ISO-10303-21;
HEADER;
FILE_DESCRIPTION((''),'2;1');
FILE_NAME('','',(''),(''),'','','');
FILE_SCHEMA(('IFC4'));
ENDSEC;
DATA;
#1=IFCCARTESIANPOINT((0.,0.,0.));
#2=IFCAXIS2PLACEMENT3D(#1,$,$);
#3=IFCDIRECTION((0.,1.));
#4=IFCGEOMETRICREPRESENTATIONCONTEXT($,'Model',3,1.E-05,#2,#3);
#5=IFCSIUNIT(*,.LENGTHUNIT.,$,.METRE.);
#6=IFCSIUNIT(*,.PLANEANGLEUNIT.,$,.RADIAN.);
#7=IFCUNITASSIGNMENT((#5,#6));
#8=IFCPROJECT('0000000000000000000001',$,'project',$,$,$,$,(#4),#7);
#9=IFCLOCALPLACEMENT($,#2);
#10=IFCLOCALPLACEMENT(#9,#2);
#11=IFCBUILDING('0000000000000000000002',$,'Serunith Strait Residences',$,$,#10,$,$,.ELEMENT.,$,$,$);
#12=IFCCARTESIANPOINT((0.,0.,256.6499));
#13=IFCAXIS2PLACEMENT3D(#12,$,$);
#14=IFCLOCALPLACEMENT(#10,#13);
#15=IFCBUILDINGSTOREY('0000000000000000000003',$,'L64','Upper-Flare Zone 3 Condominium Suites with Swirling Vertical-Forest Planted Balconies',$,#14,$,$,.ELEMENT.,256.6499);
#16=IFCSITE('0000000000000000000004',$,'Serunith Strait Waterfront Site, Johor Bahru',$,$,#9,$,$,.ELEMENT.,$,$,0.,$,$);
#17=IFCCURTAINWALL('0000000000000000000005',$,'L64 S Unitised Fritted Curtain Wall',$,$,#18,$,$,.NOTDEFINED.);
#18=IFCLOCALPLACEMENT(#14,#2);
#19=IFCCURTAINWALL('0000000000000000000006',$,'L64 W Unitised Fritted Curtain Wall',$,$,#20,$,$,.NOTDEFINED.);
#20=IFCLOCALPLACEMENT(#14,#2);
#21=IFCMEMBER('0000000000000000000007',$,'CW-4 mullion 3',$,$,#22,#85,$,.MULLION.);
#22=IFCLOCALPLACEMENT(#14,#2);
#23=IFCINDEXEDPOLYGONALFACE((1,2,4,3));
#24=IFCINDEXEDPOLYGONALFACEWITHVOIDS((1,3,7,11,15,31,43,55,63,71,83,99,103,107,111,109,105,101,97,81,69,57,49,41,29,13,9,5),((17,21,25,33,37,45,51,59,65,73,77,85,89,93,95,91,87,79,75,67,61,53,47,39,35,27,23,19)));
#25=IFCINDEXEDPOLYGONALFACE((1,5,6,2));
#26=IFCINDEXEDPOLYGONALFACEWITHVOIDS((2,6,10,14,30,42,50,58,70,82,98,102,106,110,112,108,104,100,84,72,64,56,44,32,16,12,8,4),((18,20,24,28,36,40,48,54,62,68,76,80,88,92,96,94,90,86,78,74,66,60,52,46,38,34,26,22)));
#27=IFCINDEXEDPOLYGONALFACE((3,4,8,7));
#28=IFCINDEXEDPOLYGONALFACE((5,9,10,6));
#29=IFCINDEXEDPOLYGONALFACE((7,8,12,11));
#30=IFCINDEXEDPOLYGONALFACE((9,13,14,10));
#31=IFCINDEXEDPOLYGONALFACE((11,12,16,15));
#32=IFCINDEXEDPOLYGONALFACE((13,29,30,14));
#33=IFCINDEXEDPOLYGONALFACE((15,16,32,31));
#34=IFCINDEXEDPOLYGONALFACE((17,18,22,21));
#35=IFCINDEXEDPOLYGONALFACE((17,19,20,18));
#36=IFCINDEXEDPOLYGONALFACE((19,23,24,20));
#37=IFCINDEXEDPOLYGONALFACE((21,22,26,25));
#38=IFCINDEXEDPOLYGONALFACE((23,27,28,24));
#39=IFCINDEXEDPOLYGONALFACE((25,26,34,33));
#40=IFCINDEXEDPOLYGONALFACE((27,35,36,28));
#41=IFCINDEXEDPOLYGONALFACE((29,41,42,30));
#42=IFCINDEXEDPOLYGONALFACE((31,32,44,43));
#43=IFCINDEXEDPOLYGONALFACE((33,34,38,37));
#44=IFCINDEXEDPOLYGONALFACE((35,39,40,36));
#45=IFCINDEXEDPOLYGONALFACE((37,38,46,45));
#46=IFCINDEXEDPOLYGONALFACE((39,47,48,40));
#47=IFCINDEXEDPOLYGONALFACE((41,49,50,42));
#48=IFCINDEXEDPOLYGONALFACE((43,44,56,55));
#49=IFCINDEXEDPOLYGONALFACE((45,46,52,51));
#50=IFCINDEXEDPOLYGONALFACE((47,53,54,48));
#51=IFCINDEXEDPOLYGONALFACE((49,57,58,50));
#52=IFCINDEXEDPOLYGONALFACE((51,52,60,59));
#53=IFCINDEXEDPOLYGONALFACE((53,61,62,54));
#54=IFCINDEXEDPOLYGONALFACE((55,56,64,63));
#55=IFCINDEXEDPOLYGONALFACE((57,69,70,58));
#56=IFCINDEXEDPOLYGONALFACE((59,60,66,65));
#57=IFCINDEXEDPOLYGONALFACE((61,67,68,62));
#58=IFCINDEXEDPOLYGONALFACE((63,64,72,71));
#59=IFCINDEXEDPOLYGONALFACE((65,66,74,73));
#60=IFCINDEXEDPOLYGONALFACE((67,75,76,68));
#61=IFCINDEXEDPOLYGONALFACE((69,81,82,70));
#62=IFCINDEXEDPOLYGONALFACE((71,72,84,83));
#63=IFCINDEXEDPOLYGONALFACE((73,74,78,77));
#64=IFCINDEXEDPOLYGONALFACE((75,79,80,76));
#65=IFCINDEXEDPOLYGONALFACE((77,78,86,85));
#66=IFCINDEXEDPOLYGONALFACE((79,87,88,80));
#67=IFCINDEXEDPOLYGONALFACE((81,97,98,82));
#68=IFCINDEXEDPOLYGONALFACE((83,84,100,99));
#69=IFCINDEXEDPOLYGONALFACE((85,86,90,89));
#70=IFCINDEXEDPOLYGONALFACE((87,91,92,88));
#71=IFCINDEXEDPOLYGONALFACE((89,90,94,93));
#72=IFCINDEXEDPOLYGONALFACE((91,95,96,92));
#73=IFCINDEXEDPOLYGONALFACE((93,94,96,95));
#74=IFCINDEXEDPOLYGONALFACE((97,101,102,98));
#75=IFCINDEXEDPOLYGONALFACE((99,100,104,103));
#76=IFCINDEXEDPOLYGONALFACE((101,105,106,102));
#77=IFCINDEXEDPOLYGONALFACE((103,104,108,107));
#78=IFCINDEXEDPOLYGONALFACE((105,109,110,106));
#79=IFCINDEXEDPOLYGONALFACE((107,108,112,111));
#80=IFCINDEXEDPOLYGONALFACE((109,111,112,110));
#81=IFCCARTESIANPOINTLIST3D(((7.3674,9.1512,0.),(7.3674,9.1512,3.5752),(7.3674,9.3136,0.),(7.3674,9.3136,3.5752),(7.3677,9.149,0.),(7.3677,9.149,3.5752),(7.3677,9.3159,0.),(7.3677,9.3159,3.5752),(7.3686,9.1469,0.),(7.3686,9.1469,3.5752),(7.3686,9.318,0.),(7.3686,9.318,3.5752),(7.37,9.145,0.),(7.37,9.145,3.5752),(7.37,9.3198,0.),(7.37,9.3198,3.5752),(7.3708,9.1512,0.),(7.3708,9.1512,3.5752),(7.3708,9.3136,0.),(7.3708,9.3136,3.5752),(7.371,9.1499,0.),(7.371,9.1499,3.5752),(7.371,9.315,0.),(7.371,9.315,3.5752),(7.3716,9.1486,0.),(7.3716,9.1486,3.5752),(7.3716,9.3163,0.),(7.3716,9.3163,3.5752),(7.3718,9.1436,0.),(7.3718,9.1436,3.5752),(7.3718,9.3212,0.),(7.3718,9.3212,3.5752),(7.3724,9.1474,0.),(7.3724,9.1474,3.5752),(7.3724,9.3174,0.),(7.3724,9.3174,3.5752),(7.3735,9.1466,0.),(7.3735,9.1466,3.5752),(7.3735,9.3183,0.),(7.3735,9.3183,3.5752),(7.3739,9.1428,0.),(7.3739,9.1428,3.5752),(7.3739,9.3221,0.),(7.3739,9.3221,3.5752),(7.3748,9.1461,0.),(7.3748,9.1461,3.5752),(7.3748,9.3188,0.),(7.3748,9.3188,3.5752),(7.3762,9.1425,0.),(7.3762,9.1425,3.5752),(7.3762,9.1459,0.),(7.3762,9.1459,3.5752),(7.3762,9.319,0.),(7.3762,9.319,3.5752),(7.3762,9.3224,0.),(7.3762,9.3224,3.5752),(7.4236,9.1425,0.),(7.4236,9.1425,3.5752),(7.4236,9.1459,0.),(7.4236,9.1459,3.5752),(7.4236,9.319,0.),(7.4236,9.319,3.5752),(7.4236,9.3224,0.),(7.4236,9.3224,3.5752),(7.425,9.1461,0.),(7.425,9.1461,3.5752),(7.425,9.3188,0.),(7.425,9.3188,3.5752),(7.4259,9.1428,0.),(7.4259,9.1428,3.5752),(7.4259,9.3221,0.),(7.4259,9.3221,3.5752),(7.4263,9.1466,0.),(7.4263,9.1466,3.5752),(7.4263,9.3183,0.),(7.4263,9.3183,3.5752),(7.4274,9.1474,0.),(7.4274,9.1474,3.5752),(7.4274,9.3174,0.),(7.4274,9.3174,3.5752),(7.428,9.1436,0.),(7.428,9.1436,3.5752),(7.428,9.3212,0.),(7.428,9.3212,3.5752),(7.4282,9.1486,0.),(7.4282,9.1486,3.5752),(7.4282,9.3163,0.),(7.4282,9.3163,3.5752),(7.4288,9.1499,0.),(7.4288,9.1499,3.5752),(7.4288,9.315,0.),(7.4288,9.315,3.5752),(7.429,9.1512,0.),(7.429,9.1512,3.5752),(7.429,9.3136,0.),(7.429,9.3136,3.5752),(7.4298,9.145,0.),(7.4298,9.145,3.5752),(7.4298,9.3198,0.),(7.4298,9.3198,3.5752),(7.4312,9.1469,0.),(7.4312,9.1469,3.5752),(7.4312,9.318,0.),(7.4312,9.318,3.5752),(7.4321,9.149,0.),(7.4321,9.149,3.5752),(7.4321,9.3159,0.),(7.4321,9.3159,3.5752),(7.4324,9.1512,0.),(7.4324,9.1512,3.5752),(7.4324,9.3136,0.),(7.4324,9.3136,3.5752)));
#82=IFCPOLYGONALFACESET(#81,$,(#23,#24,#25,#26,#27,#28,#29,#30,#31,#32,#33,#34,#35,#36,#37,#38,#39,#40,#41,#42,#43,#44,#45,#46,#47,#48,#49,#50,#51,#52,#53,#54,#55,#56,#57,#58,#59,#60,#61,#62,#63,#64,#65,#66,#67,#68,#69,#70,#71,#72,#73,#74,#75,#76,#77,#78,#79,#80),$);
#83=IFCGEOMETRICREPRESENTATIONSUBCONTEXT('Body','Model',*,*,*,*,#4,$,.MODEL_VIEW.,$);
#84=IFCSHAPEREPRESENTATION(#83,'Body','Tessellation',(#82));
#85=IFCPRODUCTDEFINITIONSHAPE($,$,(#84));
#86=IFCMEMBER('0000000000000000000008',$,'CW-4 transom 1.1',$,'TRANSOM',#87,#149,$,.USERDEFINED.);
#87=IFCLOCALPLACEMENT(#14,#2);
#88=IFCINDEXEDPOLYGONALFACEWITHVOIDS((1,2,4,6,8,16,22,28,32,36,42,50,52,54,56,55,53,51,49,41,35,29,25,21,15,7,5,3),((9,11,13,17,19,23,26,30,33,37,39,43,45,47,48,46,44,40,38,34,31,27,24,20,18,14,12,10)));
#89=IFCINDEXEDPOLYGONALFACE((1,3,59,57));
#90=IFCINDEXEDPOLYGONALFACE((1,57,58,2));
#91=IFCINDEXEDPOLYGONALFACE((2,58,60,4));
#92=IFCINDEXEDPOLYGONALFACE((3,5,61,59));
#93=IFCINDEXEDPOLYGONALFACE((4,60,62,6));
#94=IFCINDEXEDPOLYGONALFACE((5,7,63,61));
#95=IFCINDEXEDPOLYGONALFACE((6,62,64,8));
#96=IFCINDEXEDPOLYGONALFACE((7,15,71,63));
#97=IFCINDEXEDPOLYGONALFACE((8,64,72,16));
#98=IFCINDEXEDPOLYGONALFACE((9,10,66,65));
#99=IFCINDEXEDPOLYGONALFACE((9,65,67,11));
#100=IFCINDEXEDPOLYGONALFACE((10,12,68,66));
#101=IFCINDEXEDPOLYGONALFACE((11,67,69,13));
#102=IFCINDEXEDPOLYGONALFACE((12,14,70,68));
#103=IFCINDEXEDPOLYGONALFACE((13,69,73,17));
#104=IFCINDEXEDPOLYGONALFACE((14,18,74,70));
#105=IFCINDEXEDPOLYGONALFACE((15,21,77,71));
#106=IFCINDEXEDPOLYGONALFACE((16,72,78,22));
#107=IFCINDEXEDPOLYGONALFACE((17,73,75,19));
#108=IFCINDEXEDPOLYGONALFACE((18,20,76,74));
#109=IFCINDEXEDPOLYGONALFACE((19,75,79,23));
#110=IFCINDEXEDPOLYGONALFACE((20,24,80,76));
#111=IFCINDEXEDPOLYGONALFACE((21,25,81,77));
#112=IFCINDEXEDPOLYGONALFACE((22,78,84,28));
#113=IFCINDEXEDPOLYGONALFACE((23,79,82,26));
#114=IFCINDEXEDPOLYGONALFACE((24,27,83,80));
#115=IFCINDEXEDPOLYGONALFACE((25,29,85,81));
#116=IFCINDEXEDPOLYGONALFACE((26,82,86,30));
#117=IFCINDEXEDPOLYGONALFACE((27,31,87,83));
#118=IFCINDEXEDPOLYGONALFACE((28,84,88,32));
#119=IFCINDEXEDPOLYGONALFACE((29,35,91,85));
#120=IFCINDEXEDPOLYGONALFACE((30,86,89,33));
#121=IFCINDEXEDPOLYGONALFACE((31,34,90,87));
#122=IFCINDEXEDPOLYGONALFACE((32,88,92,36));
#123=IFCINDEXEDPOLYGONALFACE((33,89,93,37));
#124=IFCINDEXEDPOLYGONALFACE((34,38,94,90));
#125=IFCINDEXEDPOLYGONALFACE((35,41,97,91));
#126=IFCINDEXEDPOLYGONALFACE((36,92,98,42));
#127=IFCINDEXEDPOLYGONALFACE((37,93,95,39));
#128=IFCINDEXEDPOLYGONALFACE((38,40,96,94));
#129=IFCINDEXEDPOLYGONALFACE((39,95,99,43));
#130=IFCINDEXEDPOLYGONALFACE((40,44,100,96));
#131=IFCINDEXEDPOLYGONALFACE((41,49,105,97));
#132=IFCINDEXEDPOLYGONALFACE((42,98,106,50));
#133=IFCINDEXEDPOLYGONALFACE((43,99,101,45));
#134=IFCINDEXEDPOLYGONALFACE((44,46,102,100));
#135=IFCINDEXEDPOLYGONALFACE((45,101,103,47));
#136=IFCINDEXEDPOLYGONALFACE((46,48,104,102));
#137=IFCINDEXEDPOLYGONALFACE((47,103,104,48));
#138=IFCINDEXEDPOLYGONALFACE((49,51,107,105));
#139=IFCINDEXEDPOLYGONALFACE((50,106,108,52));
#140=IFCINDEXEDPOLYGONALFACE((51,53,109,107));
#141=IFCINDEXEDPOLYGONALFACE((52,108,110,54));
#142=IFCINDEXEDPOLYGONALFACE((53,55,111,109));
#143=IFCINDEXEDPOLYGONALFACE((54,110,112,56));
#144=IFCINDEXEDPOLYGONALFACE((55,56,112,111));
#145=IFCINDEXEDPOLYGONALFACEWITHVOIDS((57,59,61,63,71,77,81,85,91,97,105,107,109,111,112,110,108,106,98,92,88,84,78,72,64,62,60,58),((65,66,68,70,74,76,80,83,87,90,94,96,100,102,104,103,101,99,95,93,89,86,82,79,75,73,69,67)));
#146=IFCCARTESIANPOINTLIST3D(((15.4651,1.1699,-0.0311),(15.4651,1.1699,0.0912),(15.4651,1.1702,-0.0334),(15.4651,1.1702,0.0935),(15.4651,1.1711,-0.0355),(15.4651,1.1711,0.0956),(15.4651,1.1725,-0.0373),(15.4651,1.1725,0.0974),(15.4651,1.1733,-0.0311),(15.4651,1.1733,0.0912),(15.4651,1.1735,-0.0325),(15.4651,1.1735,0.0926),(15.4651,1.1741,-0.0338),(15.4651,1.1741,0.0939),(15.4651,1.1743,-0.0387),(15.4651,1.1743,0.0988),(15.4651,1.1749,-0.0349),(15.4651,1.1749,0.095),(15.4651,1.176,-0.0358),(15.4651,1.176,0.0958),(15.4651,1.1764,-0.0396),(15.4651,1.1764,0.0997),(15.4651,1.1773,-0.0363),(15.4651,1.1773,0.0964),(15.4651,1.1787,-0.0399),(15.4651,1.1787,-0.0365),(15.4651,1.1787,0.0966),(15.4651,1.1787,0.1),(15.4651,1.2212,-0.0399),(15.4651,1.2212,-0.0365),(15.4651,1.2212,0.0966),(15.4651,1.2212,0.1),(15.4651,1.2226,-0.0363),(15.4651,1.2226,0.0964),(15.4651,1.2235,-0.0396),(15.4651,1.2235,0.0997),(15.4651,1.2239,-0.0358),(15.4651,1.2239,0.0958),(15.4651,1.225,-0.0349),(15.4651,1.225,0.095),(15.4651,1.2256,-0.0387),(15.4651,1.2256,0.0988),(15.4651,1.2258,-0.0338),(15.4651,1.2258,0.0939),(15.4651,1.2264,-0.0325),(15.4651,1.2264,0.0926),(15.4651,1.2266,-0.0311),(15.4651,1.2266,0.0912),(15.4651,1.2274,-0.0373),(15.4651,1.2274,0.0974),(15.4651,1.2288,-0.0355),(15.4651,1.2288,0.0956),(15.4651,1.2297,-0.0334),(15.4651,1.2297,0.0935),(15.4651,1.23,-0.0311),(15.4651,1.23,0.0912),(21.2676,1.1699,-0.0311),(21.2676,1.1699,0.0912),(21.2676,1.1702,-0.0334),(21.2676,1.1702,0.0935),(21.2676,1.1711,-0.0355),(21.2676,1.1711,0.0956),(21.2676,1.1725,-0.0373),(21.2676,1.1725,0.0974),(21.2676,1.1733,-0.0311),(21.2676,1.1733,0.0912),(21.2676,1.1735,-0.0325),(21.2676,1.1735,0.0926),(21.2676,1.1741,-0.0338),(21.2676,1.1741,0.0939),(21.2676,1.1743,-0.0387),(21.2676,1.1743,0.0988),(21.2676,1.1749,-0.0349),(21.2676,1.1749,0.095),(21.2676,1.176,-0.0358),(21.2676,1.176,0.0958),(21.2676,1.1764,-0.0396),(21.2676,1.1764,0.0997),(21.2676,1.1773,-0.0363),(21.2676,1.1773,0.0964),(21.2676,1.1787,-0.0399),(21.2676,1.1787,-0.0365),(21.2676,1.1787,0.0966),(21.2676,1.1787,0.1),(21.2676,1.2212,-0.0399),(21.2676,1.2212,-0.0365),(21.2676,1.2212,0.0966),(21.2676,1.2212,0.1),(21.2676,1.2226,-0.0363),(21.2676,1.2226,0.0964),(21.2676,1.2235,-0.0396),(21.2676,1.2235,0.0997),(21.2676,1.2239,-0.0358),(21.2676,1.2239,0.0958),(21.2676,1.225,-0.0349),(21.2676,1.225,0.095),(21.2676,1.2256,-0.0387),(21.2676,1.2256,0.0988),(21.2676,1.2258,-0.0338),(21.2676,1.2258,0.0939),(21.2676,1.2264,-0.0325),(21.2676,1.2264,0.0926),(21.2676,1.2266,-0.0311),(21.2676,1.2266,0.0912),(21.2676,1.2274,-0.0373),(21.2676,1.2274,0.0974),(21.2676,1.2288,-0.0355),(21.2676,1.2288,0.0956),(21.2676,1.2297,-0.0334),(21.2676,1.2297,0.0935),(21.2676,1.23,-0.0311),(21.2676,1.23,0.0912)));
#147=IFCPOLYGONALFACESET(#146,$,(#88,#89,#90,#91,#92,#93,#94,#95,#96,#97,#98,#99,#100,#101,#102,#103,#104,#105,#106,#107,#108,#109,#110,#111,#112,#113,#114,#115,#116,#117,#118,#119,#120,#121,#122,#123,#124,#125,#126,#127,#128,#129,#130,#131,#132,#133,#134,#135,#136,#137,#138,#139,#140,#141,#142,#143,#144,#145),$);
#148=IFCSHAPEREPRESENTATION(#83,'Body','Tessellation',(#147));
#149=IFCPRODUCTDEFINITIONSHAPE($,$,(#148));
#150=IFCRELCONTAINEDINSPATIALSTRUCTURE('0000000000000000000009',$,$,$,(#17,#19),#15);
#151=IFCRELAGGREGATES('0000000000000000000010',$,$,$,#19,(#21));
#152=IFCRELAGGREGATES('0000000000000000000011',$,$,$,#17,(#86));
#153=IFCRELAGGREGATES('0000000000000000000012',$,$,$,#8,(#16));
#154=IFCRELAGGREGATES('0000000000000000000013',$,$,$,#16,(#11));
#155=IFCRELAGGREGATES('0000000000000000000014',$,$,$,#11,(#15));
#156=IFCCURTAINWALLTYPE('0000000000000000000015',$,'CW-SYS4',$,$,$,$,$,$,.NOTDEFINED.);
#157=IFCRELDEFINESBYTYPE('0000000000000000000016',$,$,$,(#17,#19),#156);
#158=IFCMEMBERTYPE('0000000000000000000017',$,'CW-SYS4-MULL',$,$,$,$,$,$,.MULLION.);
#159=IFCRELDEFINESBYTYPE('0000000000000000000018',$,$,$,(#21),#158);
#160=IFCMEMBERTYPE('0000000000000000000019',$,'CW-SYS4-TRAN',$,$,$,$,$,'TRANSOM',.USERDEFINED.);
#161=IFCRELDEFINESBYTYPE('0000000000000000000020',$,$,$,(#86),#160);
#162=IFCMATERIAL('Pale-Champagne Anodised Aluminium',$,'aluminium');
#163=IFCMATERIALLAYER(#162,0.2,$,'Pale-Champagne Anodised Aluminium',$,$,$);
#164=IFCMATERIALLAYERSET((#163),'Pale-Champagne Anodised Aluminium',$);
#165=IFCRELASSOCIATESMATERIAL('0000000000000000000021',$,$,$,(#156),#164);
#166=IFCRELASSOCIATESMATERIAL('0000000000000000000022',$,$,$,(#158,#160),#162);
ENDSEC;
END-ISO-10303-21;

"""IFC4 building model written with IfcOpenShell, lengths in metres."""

from ifc_helpers import new_model, si_unit, direction, frame, origin, origin_2d, place, context, subcontext, project, spatial, hollow_rectangle, extrude, source, transform, mapped, material, layer, layer_set, material_profile, profile_set, type_object, element, aggregate, save


model = new_model("IFC4")

# Units and contexts
model_context = context("Model", 3, precision=1e-05, world=origin(), true_north=direction((0.0, 1.0)))
body_context = subcontext(model_context, "Body", "Model", "MODEL_VIEW")
ifc_project = project(units=[si_unit("LENGTHUNIT", "METRE"), si_unit("PLANEANGLEUNIT", "RADIAN")], contexts=[model_context])

# Site, building, storey
site_placement = place(None, origin())
site = spatial("IfcSite", under=ifc_project, at=site_placement, Name="Serunith Strait Waterfront Site, Johor Bahru", CompositionType="ELEMENT", RefElevation=0.0)
building_placement = place(site_placement, origin())
building = spatial("IfcBuilding", under=site, at=building_placement, Name="Serunith Strait Residences", CompositionType="ELEMENT")
storey_placement = place(building_placement, frame((0.0, 0.0, 256.6499)))
storey = spatial("IfcBuildingStorey", under=building, at=storey_placement, Name="L64", Description="Upper-Flare Zone 3 Condominium Suites with Swirling Vertical-Forest Planted Balconies", CompositionType="ELEMENT", Elevation=256.6499)

# Curtain walls, member
ifc_material_1 = material(Name="Pale-Champagne Anodised Aluminium", Category="aluminium")
ifc_layer_1 = layer(ifc_material_1, 0.2, Name="Pale-Champagne Anodised Aluminium")
ifc_layer_set_1 = layer_set([ifc_layer_1], Name="Pale-Champagne Anodised Aluminium")
curtain_wall_type = type_object("IfcCurtainWallType", Name="CW-SYS4", PredefinedType="NOTDEFINED", material=ifc_layer_set_1)
curtain_wall_1_placement = place(storey_placement, origin())
curtain_wall_1 = element("IfcCurtainWall", 1, at=curtain_wall_1_placement, inside=storey, type_object=curtain_wall_type, Name="L64 S Unitised Fritted Curtain Wall", PredefinedType="NOTDEFINED")
ifc_material_profile_1 = material_profile(ifc_material_1, hollow_rectangle(XDim=0.0649, YDim=0.1799, WallThickness=0.0034, InnerFilletRadius=0.0054, OuterFilletRadius=0.0088, at=origin_2d()), Name="ALU 180x65x3.5")
ifc_profile_set_1 = profile_set([ifc_material_profile_1], Name="Pale-Champagne Anodised Aluminium")
member_type_1 = type_object("IfcMemberType", Name="CW-SYS4-MULL", PredefinedType="MULLION", material=ifc_profile_set_1)
shared_shape_1 = source(origin(), body_context, "Body", "SweptSolid", [
    extrude(hollow_rectangle(XDim=0.0649, YDim=0.1799, WallThickness=0.0034, InnerFilletRadius=0.0054, OuterFilletRadius=0.0088, at=origin_2d()), origin(), (0.0, 0.0, 1.0), 3.5752),
])
curtain_wall_2_placement = place(storey_placement, origin())
curtain_wall_2 = element("IfcCurtainWall", 2, at=curtain_wall_2_placement, inside=storey, type_object=curtain_wall_type, Name="L64 W Unitised Fritted Curtain Wall", PredefinedType="NOTDEFINED")
member_1_placement = place(storey_placement, frame((7.3999, 9.2324, 0.0), z_axis=(0.0, 0.0, 1.0), x_axis=(1.0, 0.0, 0.0)))
member_1 = element("IfcMember", 3, at=member_1_placement, type_object=member_type_1, Name="CW-4 mullion 3", PredefinedType="MULLION", context=body_context, shape_type="MappedRepresentation", body=[
    mapped(shared_shape_1, transform((0.0, 0.0, 0.0), scale=1.0)),
])
aggregate(curtain_wall_2, [member_1])

# Member
ifc_material_profile_2 = material_profile(ifc_material_1, hollow_rectangle(XDim=0.0601, YDim=0.1399, WallThickness=0.0034, InnerFilletRadius=0.0054, OuterFilletRadius=0.0088, at=origin_2d()), Name="ALU 140x60x3.5")
ifc_profile_set_2 = profile_set([ifc_material_profile_2], Name="Pale-Champagne Anodised Aluminium")
member_type_2 = type_object("IfcMemberType", Name="CW-SYS4-TRAN", ElementType="TRANSOM", PredefinedType="USERDEFINED", material=ifc_profile_set_2)
shared_shape_2 = source(origin(), body_context, "Body", "SweptSolid", [
    extrude(hollow_rectangle(XDim=0.0601, YDim=0.1399, WallThickness=0.0034, InnerFilletRadius=0.0054, OuterFilletRadius=0.0088, at=origin_2d()), origin(), (0.0, 0.0, 1.0), 5.8025),
])
member_2_placement = place(storey_placement, frame((15.4651, 1.2, 0.03), z_axis=(1.0, 0.0, 0.0), x_axis=(0.0, 1.0, 0.0)))
member_2 = element("IfcMember", 4, at=member_2_placement, type_object=member_type_2, Name="CW-4 transom 1.1", ObjectType="TRANSOM", PredefinedType="USERDEFINED", context=body_context, shape_type="MappedRepresentation", body=[
    mapped(shared_shape_2, transform((0.0, 0.0, 0.0), scale=1.0)),
])
aggregate(curtain_wall_1, [member_2])

save(model, "model.ifc")
